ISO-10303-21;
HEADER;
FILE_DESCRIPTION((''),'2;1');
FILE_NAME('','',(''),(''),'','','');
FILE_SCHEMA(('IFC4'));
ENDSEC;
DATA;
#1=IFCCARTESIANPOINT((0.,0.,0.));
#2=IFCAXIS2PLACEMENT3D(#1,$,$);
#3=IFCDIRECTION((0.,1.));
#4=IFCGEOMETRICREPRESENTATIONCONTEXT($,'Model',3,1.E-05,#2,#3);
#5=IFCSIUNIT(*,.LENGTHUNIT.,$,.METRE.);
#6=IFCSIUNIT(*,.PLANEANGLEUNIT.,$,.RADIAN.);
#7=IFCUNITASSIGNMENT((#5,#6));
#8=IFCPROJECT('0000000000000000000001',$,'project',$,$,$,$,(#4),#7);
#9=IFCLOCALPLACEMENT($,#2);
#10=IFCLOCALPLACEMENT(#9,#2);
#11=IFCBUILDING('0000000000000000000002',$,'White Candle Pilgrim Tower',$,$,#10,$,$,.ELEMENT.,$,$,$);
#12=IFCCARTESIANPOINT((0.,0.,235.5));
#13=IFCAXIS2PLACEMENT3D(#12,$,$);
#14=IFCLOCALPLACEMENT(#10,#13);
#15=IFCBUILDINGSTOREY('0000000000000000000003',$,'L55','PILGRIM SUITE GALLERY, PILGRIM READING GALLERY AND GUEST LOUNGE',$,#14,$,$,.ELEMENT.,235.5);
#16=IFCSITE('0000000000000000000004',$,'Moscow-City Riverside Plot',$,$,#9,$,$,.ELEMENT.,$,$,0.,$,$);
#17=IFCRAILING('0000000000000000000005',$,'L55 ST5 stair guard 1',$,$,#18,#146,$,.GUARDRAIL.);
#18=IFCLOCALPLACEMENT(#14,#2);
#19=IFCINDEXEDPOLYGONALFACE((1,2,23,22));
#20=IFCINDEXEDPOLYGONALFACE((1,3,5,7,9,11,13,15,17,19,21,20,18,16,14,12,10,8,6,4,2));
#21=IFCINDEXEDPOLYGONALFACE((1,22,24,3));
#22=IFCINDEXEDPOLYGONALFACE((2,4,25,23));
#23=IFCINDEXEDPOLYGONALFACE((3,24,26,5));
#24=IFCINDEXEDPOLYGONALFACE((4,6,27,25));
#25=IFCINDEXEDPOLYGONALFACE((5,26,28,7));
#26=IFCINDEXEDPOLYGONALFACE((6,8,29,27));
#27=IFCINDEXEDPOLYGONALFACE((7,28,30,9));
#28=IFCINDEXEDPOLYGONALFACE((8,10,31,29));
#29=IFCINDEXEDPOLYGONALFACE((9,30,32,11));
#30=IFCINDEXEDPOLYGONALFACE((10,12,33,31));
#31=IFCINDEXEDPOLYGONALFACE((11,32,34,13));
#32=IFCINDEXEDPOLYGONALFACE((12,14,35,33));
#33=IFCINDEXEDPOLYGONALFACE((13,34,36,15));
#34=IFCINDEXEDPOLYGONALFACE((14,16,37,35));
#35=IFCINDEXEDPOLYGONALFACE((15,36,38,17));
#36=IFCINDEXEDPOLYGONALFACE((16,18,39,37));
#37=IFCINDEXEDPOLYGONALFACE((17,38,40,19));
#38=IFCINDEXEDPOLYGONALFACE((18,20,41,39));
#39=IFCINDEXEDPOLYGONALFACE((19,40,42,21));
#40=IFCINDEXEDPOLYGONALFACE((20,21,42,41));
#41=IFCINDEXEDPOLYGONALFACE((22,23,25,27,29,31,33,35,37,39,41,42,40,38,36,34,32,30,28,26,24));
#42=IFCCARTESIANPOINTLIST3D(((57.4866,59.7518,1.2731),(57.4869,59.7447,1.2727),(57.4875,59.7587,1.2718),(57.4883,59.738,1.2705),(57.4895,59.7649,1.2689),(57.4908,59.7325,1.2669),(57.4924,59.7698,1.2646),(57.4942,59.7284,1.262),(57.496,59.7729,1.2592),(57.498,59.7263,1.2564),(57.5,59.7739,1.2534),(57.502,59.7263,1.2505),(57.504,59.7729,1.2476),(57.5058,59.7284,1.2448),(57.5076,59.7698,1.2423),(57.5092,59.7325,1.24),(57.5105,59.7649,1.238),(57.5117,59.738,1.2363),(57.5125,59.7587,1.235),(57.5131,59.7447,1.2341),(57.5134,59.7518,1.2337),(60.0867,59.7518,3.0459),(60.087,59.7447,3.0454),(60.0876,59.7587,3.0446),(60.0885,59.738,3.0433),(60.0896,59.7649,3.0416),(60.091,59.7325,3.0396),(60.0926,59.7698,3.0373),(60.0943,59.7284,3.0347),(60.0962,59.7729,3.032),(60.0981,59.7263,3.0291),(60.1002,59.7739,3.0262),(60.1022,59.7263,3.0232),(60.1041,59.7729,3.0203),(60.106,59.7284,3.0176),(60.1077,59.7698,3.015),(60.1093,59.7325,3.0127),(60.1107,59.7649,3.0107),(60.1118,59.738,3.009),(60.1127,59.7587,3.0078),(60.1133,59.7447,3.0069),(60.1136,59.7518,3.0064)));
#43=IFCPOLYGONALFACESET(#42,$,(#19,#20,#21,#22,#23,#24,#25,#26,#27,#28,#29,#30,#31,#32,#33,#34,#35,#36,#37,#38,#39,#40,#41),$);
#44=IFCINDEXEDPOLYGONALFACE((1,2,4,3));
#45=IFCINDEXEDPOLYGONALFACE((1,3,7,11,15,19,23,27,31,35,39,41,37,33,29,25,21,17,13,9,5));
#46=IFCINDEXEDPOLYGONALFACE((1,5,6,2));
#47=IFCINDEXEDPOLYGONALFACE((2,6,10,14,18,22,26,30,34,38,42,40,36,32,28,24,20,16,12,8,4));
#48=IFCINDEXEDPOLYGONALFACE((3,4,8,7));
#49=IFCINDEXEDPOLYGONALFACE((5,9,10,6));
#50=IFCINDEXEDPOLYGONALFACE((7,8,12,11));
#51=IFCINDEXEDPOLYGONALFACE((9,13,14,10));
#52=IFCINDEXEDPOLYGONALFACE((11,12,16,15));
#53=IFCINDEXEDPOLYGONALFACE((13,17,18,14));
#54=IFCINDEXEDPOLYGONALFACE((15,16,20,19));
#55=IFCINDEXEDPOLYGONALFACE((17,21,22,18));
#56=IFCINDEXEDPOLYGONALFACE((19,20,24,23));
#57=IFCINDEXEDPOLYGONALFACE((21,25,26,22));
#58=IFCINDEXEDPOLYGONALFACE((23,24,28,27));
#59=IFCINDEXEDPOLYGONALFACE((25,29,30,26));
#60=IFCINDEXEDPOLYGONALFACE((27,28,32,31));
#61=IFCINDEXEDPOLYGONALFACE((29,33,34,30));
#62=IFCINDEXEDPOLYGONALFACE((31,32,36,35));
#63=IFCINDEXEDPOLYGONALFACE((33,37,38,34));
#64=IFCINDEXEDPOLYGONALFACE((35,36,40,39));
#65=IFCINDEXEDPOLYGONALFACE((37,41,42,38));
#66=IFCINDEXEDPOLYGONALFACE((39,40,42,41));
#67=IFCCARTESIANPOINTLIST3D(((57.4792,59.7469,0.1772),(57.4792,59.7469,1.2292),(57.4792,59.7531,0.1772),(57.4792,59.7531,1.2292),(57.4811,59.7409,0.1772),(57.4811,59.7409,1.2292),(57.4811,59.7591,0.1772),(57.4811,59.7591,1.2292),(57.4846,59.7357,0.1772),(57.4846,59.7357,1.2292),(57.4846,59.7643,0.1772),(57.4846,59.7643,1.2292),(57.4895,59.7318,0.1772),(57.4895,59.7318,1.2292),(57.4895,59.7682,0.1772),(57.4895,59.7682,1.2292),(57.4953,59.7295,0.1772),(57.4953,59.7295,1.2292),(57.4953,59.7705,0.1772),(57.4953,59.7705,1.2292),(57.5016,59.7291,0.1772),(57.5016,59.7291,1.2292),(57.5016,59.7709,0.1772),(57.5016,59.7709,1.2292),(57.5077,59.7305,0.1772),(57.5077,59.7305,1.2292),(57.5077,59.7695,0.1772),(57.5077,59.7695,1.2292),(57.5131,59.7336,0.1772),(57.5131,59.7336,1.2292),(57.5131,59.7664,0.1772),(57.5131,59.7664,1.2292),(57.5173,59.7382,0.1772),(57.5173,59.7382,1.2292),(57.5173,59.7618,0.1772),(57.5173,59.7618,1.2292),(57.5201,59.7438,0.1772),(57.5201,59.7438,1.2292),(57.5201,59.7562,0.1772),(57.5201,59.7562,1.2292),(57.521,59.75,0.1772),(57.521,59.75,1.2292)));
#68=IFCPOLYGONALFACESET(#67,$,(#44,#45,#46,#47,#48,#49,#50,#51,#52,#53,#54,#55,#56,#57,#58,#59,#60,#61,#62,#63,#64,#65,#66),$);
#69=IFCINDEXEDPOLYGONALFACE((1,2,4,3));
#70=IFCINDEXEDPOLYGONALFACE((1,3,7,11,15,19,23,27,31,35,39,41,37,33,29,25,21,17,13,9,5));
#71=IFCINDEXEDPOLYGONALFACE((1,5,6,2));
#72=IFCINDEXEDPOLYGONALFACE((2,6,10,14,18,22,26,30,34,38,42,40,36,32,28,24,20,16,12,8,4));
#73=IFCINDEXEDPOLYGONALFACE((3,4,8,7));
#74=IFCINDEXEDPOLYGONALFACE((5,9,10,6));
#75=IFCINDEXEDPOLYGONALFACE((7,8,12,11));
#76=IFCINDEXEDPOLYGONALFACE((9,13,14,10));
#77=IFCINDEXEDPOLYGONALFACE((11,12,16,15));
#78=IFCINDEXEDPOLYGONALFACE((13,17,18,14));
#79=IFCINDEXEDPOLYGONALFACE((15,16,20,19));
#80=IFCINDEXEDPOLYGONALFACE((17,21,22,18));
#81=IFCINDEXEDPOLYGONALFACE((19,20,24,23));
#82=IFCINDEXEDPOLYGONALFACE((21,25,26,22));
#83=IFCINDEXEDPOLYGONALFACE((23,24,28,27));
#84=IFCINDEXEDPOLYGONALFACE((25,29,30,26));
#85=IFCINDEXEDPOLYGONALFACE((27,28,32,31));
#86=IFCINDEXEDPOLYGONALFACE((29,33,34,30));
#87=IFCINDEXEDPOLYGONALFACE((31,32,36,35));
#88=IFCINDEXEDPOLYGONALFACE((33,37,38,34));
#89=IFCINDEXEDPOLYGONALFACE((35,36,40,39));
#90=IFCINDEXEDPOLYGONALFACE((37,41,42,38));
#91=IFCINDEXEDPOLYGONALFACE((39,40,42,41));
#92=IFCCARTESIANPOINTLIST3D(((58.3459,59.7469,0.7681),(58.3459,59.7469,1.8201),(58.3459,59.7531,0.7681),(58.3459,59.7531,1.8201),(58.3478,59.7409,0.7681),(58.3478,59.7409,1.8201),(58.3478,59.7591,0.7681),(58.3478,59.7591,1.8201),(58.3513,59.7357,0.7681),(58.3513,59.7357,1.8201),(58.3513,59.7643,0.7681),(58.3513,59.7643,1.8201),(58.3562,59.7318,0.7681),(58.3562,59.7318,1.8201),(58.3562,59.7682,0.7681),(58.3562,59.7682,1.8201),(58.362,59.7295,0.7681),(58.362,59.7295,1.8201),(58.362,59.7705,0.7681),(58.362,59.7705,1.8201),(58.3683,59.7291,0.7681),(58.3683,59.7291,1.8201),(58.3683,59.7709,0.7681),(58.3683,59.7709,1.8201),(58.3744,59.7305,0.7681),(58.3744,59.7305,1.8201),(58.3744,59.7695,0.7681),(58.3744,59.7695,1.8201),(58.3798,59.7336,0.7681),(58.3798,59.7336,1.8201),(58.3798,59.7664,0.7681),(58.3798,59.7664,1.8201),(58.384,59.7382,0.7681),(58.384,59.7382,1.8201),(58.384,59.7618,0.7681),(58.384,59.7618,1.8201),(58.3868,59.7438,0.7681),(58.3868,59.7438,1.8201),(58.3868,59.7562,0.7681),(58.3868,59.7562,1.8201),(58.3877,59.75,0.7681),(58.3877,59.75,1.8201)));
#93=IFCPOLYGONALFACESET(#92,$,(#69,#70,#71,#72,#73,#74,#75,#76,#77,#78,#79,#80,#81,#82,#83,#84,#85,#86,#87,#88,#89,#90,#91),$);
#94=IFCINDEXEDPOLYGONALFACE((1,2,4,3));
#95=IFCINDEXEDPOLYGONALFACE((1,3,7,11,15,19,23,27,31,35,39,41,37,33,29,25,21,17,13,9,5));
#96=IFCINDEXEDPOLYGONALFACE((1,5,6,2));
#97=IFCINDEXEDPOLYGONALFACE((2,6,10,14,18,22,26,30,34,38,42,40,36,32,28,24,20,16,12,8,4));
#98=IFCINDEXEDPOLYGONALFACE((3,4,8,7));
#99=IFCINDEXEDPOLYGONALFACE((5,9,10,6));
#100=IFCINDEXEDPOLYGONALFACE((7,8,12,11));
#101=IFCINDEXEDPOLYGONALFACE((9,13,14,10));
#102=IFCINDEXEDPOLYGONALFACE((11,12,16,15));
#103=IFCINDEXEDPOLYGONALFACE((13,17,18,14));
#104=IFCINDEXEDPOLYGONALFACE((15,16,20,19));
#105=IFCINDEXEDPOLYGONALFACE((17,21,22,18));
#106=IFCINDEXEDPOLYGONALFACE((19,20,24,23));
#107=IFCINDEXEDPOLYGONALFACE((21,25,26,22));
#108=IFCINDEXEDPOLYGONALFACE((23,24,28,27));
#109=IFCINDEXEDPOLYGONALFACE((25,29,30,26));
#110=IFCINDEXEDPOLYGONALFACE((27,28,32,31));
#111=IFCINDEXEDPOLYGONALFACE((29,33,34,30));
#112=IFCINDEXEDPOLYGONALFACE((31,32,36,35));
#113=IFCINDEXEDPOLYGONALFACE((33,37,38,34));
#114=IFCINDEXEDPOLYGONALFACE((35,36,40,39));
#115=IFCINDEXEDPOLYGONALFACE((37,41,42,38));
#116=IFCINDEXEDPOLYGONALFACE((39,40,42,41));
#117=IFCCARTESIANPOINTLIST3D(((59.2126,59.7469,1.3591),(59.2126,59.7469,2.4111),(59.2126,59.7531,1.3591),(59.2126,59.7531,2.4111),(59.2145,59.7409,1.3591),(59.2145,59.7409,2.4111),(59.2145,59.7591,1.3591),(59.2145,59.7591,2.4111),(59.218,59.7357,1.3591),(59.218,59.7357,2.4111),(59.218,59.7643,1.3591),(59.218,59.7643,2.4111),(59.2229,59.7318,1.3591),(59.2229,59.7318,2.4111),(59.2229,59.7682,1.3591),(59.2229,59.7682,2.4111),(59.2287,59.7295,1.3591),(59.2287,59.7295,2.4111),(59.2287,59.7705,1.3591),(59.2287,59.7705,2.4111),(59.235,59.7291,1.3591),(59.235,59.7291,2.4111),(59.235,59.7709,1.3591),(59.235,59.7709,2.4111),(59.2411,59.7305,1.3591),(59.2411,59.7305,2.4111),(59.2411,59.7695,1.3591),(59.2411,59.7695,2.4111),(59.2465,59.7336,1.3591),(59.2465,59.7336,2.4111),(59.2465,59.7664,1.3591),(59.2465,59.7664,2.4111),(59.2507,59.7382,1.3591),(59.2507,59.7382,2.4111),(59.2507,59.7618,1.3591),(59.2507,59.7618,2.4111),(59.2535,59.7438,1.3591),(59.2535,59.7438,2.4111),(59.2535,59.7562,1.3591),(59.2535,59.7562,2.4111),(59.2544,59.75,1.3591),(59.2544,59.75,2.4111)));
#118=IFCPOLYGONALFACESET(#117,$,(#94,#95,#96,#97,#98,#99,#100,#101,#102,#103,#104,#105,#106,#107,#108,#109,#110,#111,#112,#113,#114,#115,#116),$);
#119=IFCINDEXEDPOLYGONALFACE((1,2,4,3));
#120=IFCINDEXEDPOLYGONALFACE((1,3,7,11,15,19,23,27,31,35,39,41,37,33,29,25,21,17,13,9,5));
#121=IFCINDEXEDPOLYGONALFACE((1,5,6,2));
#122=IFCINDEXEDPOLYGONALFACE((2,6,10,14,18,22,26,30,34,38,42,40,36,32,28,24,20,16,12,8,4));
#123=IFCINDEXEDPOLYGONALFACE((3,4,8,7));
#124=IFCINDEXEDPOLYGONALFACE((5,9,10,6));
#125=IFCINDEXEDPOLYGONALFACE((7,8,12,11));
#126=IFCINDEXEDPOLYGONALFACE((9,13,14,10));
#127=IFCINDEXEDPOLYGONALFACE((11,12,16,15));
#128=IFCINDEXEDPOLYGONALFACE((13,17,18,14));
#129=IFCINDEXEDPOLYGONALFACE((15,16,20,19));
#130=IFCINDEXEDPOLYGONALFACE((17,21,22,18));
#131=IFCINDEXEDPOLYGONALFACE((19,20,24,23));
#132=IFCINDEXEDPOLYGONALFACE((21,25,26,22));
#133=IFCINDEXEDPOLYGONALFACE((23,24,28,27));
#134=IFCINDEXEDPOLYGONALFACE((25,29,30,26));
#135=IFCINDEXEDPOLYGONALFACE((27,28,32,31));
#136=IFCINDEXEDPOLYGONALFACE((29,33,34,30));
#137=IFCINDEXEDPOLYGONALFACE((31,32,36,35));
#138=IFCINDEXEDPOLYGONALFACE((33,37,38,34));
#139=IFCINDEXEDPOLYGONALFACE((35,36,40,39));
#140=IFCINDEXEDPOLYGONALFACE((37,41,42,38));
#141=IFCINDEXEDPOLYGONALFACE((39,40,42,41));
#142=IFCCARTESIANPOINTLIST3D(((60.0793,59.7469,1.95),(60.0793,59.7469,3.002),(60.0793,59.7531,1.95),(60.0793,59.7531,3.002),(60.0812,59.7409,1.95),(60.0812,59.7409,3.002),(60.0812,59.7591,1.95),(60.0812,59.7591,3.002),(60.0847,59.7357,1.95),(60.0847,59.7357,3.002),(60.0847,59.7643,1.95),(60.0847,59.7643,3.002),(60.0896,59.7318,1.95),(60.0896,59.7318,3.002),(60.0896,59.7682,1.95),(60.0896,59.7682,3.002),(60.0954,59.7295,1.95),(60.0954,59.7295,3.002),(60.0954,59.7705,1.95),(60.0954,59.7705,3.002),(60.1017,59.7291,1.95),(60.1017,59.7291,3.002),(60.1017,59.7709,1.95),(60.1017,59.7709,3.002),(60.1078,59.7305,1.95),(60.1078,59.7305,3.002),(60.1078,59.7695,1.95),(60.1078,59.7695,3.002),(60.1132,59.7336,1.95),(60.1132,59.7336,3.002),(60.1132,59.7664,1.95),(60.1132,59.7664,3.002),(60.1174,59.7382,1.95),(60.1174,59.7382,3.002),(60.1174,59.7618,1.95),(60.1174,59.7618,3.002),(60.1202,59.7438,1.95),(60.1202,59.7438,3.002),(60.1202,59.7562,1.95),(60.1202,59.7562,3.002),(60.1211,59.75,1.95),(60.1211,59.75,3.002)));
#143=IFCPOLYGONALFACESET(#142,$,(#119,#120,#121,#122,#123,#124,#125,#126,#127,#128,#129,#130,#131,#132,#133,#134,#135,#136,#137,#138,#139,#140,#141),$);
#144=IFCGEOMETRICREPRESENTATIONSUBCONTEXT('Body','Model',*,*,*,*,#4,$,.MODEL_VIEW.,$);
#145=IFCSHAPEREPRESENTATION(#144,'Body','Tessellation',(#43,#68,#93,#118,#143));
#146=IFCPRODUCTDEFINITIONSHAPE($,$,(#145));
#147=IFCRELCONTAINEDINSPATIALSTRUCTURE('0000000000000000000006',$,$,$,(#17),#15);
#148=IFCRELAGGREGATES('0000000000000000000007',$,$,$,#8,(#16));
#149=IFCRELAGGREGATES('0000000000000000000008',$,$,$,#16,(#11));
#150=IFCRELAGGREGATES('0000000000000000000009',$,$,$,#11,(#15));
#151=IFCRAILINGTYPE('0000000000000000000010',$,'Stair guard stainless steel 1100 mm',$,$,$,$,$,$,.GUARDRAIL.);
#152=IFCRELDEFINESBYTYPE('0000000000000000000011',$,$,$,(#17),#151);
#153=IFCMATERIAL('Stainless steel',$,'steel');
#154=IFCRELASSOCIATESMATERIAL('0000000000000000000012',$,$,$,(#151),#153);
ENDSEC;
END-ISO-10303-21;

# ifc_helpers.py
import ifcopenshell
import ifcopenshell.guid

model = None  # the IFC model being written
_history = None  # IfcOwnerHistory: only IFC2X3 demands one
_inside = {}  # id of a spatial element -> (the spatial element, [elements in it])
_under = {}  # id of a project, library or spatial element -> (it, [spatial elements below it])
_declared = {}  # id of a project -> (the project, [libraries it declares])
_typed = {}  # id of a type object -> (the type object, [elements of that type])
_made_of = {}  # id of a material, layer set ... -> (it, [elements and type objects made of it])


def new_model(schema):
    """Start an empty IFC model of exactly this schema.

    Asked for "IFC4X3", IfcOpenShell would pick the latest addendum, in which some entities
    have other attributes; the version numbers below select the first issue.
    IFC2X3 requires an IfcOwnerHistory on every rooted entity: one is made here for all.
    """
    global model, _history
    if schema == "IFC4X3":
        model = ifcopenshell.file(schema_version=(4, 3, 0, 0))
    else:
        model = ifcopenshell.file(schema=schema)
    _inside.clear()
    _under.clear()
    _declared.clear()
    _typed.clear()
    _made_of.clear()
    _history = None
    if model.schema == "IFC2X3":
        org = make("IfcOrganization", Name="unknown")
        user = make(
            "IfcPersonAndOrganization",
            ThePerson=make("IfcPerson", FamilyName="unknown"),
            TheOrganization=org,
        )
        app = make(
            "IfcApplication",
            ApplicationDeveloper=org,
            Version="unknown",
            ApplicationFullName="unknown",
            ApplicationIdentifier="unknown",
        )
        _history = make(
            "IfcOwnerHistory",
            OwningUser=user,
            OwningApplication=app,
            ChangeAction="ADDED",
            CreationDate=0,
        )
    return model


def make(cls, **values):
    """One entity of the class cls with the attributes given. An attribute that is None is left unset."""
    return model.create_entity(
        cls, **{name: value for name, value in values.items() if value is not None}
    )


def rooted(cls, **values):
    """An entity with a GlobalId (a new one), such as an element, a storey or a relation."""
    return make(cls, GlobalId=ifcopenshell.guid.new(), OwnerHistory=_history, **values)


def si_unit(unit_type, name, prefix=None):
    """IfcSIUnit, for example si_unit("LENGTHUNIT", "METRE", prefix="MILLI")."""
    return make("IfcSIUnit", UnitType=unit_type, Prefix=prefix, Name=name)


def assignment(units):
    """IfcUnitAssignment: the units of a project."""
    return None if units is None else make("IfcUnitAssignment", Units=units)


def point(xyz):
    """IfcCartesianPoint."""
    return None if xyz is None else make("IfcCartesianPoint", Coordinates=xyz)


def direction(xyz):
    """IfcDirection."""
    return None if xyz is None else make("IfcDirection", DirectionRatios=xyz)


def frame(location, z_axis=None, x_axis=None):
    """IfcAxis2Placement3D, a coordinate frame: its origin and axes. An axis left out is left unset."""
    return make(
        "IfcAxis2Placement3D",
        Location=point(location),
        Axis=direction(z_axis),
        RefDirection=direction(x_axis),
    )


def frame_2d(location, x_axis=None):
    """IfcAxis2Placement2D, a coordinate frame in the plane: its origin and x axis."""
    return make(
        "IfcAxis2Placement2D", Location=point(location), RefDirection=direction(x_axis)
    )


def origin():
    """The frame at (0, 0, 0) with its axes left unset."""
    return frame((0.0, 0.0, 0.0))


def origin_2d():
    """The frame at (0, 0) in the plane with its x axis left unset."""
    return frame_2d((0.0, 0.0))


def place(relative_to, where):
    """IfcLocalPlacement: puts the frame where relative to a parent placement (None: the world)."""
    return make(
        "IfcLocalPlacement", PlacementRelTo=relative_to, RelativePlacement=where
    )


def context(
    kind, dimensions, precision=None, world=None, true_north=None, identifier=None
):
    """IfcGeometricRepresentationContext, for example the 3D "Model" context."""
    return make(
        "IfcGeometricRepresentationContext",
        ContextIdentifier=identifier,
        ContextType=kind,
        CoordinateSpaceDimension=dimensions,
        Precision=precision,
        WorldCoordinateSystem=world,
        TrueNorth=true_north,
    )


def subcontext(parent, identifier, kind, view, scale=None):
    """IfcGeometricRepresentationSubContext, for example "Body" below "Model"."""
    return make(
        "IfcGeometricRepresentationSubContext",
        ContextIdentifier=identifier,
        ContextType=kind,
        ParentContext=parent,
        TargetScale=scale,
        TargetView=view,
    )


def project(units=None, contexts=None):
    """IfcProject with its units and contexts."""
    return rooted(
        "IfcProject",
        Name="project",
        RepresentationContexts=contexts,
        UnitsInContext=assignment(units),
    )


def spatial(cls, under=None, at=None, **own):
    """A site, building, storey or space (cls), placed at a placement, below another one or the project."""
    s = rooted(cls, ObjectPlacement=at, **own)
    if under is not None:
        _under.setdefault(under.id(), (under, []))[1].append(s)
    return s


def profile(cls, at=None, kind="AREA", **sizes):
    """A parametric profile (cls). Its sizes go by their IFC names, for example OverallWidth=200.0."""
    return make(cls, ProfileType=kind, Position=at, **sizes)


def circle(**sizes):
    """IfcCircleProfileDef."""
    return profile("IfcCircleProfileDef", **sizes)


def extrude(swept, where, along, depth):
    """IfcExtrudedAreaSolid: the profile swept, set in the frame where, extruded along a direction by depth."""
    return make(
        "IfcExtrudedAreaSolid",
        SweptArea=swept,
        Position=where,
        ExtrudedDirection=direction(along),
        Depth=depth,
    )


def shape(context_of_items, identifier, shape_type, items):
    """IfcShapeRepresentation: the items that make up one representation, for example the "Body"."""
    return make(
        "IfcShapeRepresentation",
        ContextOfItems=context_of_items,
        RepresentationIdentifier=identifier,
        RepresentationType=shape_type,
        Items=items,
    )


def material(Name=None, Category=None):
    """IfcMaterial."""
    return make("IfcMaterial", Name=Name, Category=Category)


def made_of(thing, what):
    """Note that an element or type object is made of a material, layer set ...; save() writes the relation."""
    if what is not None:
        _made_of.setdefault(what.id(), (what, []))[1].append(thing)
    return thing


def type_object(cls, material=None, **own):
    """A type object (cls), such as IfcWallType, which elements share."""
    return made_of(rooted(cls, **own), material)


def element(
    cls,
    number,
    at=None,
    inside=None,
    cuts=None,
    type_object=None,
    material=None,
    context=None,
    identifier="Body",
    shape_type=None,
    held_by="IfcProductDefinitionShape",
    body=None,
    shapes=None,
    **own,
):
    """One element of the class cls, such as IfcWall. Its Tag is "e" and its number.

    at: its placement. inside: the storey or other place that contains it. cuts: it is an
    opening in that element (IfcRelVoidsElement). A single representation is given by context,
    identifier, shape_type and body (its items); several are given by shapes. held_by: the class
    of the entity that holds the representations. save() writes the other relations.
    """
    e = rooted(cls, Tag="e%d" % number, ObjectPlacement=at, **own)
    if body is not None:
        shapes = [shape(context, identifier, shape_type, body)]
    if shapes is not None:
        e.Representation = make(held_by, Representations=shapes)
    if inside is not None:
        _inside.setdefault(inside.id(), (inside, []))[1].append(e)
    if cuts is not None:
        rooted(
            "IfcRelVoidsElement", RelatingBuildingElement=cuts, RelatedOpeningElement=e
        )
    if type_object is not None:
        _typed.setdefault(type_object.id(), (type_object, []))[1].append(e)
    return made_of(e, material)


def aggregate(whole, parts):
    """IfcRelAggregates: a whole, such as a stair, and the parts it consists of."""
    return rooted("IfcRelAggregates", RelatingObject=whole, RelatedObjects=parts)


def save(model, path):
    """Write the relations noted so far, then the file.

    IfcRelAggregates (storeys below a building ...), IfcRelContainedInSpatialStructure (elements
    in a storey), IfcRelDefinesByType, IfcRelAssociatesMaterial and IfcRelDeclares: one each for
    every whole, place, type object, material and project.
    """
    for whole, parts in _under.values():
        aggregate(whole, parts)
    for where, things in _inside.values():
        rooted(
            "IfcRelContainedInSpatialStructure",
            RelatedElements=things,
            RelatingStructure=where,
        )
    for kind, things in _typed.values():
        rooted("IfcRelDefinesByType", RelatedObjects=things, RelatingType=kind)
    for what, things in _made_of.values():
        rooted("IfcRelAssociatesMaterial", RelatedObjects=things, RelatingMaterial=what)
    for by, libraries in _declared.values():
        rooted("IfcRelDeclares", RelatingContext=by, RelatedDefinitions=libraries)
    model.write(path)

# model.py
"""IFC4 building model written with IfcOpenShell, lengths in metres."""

from ifc_helpers import new_model, si_unit, direction, frame, origin, origin_2d, place, context, subcontext, project, spatial, circle, extrude, material, type_object, element, save


model = new_model("IFC4")

# Units and contexts
model_context = context("Model", 3, precision=1e-05, world=origin(), true_north=direction((0.0, 1.0)))
body_context = subcontext(model_context, "Body", "Model", "MODEL_VIEW")
ifc_project = project(units=[si_unit("LENGTHUNIT", "METRE"), si_unit("PLANEANGLEUNIT", "RADIAN")], contexts=[model_context])

# Site, building, storey
site_placement = place(None, origin())
site = spatial("IfcSite", under=ifc_project, at=site_placement, Name="Moscow-City Riverside Plot", CompositionType="ELEMENT", RefElevation=0.0)
building_placement = place(site_placement, origin())
building = spatial("IfcBuilding", under=site, at=building_placement, Name="White Candle Pilgrim Tower", CompositionType="ELEMENT")
storey_placement = place(building_placement, frame((0.0, 0.0, 235.5)))
storey = spatial("IfcBuildingStorey", under=building, at=storey_placement, Name="L55", Description="PILGRIM SUITE GALLERY, PILGRIM READING GALLERY AND GUEST LOUNGE", CompositionType="ELEMENT", Elevation=235.5)

# Railing
ifc_material_1 = material(Name="Stainless steel", Category="steel")
railing_type_1 = type_object("IfcRailingType", Name="Stair guard stainless steel 1100 mm", PredefinedType="GUARDRAIL", material=ifc_material_1)
railing_1_placement = place(storey_placement, frame((57.5, 59.75, 0.1772)))
element("IfcRailing", 1, at=railing_1_placement, inside=storey, type_object=railing_type_1, Name="L55 ST5 stair guard 1", PredefinedType="GUARDRAIL", context=body_context, shape_type="SweptSolid", body=[
    extrude(circle(Radius=0.0239, at=origin_2d()), frame((0.0, 0.0, 1.0762), z_axis=(0.82624, 0.0, 0.563318), x_axis=(0.0, 1.0, 0.0)), (0.0, 0.0, 1.0), 3.147),
    extrude(circle(Radius=0.021, at=origin_2d()), origin(), (0.0, 0.0, 1.0), 1.052),
    extrude(circle(Radius=0.021, at=origin_2d()), frame((0.8667, 0.0, 0.5908)), (0.0, 0.0, 1.0), 1.052),
    extrude(circle(Radius=0.021, at=origin_2d()), frame((1.7334, 0.0, 1.1819)), (0.0, 0.0, 1.0), 1.052),
    extrude(circle(Radius=0.021, at=origin_2d()), frame((2.6001, 0.0, 1.7727)), (0.0, 0.0, 1.0), 1.052),
])

save(model, "model.ifc")
